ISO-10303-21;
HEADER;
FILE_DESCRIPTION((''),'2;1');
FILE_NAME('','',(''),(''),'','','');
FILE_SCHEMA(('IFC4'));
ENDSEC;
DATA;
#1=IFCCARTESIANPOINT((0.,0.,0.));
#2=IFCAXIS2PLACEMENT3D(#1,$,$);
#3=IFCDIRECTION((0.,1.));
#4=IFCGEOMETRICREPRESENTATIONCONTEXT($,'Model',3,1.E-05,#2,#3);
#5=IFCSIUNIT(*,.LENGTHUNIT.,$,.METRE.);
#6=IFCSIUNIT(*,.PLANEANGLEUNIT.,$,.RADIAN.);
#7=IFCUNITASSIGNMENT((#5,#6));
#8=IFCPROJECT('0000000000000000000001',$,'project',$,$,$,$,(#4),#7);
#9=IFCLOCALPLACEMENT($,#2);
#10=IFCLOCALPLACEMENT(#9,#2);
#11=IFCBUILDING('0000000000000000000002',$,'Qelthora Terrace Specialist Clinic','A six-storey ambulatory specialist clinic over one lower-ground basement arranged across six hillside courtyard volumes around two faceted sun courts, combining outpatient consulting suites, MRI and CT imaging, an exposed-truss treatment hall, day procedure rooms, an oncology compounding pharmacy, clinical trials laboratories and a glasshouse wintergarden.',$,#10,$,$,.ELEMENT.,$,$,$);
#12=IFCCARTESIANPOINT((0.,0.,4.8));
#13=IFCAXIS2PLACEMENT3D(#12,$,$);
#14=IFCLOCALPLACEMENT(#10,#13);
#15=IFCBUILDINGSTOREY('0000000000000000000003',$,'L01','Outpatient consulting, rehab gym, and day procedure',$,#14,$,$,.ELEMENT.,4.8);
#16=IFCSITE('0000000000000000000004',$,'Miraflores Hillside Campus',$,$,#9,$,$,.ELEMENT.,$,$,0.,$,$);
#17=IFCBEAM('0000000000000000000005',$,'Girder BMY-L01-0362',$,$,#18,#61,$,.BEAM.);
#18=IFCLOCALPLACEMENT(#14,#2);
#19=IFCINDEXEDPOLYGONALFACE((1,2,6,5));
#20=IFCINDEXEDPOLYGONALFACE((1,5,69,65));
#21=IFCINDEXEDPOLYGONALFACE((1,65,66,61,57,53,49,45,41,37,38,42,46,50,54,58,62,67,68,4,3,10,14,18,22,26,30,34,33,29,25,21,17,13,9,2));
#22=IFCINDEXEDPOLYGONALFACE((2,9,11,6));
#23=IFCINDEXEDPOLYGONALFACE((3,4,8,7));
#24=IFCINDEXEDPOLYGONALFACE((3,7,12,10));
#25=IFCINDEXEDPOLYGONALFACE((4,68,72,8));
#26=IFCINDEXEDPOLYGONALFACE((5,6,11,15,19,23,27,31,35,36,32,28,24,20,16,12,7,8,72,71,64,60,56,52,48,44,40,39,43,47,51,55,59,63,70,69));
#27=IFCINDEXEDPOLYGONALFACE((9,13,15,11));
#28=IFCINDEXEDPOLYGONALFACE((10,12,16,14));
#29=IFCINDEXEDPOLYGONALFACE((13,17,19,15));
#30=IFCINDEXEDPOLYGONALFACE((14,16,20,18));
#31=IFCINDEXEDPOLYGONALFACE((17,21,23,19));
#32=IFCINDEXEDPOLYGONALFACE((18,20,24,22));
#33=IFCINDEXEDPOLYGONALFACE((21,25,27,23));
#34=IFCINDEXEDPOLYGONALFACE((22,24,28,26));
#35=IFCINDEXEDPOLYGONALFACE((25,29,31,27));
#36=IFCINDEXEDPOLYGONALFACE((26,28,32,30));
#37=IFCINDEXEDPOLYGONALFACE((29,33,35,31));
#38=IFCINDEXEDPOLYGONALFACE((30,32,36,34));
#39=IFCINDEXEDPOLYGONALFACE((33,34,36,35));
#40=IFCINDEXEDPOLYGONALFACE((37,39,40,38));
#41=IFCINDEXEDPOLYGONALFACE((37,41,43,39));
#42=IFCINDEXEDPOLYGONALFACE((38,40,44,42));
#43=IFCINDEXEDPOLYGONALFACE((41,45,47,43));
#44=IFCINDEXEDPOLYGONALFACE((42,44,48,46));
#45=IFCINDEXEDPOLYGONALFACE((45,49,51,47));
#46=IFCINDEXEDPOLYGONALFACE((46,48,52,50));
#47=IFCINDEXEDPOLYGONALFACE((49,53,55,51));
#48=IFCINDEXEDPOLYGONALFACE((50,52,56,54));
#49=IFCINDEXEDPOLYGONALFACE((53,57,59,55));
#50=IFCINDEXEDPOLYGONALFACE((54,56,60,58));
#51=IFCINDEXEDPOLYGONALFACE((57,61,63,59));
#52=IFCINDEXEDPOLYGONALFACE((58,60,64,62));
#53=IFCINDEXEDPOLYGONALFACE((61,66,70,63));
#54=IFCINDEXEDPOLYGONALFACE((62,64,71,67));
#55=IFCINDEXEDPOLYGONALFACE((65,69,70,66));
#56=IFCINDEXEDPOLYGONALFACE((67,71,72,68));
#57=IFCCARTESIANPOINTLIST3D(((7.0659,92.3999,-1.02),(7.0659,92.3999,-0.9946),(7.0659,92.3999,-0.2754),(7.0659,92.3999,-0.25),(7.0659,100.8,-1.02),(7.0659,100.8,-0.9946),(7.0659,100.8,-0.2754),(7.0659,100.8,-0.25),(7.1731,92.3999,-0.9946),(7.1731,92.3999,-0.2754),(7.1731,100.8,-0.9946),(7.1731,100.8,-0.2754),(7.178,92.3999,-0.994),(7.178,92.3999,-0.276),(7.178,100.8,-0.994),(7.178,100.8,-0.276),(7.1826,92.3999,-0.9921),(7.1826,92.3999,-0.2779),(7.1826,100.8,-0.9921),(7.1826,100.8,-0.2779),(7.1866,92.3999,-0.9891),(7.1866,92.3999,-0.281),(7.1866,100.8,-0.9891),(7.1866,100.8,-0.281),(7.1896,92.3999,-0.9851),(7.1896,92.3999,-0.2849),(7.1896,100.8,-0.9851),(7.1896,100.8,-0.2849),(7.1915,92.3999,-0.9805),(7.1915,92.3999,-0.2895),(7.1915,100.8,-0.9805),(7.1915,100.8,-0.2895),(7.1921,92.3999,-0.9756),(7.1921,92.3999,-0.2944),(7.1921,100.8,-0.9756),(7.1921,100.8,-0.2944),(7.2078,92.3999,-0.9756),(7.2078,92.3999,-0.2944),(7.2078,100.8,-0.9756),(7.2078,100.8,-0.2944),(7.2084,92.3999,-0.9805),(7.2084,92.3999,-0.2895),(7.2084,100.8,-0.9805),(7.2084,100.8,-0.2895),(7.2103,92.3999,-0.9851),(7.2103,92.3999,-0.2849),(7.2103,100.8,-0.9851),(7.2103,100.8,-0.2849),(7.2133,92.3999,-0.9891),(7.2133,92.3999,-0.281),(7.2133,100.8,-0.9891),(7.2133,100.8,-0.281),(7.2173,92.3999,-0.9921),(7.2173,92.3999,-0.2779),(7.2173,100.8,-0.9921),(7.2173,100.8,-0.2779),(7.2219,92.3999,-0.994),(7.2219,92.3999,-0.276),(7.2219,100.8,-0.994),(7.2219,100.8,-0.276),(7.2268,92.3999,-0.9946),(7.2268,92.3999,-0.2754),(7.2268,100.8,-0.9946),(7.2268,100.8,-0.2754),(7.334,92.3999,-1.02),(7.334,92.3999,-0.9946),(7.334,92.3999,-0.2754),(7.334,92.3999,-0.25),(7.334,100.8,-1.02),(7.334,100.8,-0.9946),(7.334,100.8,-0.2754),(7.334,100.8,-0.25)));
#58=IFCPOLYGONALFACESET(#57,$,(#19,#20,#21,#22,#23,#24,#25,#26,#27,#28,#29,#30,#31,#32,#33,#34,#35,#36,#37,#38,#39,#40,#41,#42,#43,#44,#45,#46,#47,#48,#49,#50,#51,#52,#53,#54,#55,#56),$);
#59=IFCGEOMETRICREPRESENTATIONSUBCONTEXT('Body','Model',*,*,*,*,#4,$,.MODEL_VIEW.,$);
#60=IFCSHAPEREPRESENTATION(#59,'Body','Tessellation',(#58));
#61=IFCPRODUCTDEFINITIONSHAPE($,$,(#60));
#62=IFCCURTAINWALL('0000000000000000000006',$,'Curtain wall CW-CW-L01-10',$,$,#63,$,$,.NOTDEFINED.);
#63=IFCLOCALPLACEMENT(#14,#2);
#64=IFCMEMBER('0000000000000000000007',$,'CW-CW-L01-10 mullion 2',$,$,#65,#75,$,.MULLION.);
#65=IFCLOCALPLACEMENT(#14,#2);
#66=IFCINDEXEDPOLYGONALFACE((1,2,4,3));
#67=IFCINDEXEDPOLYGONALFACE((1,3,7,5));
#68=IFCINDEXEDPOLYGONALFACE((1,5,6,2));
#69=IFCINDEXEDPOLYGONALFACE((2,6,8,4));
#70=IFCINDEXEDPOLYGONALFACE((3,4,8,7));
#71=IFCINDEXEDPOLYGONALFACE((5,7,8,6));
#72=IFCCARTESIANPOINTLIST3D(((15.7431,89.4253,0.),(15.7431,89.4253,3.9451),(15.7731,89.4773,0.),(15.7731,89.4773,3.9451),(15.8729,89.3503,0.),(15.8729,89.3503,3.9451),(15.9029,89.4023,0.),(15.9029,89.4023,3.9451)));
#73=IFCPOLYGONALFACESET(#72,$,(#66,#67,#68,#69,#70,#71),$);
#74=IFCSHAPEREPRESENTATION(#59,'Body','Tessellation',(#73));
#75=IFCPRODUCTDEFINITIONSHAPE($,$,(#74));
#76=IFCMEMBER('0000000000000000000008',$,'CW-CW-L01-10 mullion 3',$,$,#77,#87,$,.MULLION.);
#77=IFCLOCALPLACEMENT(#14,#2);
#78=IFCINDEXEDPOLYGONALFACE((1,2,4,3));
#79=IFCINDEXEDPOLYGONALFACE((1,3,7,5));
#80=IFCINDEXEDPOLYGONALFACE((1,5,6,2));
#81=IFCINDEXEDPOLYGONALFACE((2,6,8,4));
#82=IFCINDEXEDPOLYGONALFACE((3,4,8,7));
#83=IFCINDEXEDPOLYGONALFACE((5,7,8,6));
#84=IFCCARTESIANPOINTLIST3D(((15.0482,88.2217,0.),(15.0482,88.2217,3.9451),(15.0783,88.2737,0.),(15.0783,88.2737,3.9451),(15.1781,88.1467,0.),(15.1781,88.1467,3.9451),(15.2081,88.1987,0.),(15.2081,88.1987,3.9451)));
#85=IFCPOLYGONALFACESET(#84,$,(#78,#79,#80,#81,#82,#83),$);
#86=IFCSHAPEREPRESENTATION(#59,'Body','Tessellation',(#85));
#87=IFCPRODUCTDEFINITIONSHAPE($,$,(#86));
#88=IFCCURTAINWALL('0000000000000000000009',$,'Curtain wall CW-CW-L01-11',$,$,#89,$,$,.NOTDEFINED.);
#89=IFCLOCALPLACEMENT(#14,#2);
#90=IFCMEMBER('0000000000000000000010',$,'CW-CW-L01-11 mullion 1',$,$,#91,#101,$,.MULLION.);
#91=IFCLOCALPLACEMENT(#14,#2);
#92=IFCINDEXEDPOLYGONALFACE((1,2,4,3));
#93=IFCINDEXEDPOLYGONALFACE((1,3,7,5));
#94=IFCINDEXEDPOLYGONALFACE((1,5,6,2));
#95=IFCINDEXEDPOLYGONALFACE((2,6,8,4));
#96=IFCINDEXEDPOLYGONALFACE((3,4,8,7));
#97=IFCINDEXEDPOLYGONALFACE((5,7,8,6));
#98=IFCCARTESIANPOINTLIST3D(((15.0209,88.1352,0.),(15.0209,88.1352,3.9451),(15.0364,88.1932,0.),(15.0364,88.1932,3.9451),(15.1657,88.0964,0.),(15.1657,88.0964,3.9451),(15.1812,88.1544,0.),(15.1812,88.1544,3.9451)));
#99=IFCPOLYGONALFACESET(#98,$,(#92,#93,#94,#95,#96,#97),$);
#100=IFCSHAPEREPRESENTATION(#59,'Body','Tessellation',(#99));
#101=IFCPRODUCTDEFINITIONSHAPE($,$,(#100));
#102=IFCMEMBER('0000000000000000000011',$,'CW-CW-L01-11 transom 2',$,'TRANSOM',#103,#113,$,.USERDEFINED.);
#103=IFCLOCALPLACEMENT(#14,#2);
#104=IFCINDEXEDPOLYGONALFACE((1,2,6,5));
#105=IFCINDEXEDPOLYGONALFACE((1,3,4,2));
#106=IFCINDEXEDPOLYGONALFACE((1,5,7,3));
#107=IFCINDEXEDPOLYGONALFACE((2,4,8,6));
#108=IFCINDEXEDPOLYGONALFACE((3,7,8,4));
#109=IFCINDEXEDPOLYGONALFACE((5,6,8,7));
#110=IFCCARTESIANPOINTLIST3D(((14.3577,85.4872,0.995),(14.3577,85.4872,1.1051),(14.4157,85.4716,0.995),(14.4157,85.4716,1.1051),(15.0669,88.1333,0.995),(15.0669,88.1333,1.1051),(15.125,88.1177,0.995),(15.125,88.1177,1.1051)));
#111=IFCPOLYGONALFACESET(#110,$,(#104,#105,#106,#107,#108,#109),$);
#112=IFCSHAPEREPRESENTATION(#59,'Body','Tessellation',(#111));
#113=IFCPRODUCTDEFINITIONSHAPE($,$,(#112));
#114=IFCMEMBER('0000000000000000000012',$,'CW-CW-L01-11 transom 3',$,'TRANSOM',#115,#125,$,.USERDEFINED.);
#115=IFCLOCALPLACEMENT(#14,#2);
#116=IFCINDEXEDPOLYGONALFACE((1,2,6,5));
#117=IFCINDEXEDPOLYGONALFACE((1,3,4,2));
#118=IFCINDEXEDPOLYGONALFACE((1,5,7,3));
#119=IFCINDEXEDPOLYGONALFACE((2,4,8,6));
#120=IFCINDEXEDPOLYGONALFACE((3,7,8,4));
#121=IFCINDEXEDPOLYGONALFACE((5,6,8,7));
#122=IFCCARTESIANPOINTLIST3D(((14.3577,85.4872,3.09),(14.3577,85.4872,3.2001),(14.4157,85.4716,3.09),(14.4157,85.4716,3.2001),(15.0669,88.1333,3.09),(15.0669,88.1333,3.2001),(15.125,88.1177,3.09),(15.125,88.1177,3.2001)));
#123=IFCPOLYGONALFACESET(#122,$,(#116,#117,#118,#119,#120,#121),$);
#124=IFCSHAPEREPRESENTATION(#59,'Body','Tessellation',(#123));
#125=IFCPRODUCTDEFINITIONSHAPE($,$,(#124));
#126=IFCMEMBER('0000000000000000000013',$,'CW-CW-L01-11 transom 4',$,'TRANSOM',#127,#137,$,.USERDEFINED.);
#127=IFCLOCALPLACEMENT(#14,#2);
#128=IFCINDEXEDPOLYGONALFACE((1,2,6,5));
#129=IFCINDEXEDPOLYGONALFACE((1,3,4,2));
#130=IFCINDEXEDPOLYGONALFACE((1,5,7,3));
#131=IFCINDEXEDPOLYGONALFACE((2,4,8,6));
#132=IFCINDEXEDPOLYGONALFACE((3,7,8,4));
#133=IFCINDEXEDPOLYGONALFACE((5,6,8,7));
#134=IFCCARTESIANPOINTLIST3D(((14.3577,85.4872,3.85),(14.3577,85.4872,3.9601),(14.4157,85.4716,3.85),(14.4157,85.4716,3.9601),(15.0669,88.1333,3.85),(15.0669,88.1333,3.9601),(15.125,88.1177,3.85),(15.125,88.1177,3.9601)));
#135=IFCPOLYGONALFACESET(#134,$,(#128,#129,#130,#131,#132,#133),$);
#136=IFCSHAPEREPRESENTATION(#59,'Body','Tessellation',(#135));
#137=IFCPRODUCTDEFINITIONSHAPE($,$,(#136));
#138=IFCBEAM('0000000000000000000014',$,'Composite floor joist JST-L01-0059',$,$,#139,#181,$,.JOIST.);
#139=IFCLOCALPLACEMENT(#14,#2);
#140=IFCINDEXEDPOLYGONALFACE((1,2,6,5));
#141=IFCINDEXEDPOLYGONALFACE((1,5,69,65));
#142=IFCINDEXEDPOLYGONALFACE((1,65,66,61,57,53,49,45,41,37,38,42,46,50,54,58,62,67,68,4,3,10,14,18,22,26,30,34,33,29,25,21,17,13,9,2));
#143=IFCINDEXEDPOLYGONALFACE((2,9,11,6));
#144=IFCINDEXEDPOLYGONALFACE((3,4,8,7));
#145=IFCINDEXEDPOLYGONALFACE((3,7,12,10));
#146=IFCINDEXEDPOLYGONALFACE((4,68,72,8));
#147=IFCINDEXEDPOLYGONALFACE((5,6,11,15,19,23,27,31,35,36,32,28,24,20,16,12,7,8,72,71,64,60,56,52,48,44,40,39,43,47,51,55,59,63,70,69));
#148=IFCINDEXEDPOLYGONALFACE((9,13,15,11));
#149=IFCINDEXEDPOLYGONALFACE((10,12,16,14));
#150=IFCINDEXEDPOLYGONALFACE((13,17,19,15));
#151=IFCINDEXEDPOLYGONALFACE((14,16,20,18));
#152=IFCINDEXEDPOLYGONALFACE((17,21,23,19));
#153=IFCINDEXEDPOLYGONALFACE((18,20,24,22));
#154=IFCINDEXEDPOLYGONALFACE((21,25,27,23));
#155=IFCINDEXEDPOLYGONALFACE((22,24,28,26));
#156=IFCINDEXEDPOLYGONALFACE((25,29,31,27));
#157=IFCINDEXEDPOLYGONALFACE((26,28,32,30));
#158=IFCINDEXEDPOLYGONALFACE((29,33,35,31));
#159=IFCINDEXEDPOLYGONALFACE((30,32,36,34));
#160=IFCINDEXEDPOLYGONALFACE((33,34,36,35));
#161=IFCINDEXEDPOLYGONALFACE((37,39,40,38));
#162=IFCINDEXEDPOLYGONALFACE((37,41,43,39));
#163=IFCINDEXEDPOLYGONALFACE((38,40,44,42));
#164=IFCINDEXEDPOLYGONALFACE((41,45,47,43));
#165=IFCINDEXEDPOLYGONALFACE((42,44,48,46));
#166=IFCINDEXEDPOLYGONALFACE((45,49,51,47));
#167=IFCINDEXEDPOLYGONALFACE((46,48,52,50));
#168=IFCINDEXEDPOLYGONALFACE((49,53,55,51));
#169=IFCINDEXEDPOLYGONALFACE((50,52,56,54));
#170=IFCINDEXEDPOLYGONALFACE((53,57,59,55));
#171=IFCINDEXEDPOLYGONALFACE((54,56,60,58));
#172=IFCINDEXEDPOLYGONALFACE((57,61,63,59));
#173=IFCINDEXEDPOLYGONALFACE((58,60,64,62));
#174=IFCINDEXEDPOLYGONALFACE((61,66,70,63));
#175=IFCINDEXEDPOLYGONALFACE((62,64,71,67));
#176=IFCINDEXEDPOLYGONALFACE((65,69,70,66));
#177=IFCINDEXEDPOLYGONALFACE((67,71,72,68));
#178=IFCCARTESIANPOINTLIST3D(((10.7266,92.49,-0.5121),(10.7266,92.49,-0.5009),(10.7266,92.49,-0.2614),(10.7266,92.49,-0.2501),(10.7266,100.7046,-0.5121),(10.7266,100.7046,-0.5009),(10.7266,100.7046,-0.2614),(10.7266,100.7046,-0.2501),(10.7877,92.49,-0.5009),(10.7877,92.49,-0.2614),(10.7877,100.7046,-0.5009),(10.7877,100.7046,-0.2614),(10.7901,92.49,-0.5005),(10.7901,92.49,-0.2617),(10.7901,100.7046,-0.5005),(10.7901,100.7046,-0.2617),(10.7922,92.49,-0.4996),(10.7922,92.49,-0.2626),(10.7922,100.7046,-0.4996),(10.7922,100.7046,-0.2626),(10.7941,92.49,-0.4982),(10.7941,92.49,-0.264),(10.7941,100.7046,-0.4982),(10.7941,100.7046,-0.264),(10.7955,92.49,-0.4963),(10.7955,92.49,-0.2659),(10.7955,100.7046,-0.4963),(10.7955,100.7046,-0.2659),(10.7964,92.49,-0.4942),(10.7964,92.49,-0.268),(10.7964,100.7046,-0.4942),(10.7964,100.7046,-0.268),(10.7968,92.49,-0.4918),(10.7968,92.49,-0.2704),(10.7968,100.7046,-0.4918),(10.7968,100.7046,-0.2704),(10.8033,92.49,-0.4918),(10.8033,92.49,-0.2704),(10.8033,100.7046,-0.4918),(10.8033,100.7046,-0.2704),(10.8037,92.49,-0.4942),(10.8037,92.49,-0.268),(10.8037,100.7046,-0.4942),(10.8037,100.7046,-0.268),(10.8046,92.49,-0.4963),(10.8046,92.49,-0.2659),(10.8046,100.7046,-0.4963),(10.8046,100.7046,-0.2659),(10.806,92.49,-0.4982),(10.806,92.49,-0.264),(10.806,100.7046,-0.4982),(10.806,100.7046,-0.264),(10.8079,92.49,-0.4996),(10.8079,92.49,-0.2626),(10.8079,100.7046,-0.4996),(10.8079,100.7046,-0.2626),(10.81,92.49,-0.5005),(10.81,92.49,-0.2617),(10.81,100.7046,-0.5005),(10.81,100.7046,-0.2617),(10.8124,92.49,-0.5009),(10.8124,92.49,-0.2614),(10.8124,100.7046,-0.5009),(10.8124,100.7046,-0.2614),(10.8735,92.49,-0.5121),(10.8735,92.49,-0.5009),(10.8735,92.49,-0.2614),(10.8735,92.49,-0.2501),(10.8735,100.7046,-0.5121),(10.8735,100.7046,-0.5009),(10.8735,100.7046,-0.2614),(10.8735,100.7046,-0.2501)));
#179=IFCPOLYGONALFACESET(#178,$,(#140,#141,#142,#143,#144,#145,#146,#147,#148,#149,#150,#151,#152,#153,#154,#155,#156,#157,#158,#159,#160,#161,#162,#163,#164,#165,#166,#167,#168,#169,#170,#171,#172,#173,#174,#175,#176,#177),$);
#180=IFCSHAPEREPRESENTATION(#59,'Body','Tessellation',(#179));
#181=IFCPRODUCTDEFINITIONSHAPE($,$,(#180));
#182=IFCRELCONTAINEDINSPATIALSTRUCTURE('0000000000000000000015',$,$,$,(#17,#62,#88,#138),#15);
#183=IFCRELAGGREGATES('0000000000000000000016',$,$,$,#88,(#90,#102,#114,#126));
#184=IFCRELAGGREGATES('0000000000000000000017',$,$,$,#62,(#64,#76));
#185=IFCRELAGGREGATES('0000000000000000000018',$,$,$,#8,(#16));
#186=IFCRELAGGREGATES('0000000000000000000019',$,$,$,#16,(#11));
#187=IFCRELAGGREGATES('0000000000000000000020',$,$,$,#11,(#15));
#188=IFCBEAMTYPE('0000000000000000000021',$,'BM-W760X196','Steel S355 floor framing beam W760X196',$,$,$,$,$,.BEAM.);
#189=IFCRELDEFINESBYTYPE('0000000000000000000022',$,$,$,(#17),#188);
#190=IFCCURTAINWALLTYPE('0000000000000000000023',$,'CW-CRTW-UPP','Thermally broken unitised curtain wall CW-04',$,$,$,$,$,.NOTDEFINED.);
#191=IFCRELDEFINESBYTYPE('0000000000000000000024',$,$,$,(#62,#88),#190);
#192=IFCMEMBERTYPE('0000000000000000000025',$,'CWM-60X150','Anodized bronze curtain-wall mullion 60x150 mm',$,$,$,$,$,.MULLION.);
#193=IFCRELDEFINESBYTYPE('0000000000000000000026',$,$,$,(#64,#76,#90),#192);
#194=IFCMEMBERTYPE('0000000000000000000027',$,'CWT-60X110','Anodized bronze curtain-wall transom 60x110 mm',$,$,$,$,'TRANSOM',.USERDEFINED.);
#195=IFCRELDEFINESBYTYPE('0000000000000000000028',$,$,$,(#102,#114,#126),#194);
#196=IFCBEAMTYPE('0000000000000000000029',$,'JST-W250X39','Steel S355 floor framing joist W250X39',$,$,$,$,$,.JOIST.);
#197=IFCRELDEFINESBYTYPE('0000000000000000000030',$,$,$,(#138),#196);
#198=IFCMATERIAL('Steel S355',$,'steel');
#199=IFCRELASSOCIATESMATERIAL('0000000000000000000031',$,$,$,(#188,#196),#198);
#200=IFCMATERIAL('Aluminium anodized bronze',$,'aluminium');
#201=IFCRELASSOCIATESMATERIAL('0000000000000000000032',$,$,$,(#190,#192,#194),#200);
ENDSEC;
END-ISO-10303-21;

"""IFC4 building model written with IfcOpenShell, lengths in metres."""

from ifc_helpers import new_model, si_unit, direction, frame, origin, origin_2d, place, context, subcontext, project, spatial, rectangle, i_section, extrude, material, material_profile, profile_set, type_object, element, aggregate, save


model = new_model("IFC4")

# Units and contexts
model_context = context("Model", 3, precision=1e-05, world=origin(), true_north=direction((0.0, 1.0)))
body_context = subcontext(model_context, "Body", "Model", "MODEL_VIEW")
ifc_project = project(units=[si_unit("LENGTHUNIT", "METRE"), si_unit("PLANEANGLEUNIT", "RADIAN")], contexts=[model_context])

# Site, building, storey
site_placement = place(None, origin())
site = spatial("IfcSite", under=ifc_project, at=site_placement, Name="Miraflores Hillside Campus", CompositionType="ELEMENT", RefElevation=0.0)
building_placement = place(site_placement, origin())
building = spatial("IfcBuilding", under=site, at=building_placement, Name="Qelthora Terrace Specialist Clinic", Description="A six-storey ambulatory specialist clinic over one lower-ground basement arranged across six hillside courtyard volumes around two faceted sun courts, combining outpatient consulting suites, MRI and CT imaging, an exposed-truss treatment hall, day procedure rooms, an oncology compounding pharmacy, clinical trials laboratories and a glasshouse wintergarden.", CompositionType="ELEMENT")
storey_placement = place(building_placement, frame((0.0, 0.0, 4.8)))
storey = spatial("IfcBuildingStorey", under=building, at=storey_placement, Name="L01", Description="Outpatient consulting, rehab gym, and day procedure", CompositionType="ELEMENT", Elevation=4.8)

# Shared definitions
ifc_material_1 = material(Name="Steel S355", Category="steel")

# Beam
ifc_material_profile_1 = material_profile(ifc_material_1, i_section(OverallWidth=0.2681, OverallDepth=0.77, WebThickness=0.0156, FlangeThickness=0.0254, FilletRadius=0.019, at=origin_2d()), Name="W760X196")
ifc_profile_set_1 = profile_set([ifc_material_profile_1], Name="Steel S355")
beam_type_1 = type_object("IfcBeamType", Name="BM-W760X196", Description="Steel S355 floor framing beam W760X196", PredefinedType="BEAM", material=ifc_profile_set_1)
beam_1_placement = place(storey_placement, frame((7.2, 92.3999, -0.635), z_axis=(0.0, 1.0, 0.0), x_axis=(-1.0, 0.0, 0.0)))
element("IfcBeam", 1, at=beam_1_placement, inside=storey, type_object=beam_type_1, Name="Girder BMY-L01-0362", PredefinedType="BEAM", context=body_context, shape_type="SweptSolid", body=[
    extrude(i_section(OverallWidth=0.2681, OverallDepth=0.77, WebThickness=0.0156, FlangeThickness=0.0254, FilletRadius=0.019, at=origin_2d()), origin(), (0.0, 0.0, 1.0), 8.4001),
])

# Curtain walls, members
ifc_material_2 = material(Name="Aluminium anodized bronze", Category="aluminium")
curtain_wall_type = type_object("IfcCurtainWallType", Name="CW-CRTW-UPP", Description="Thermally broken unitised curtain wall CW-04", PredefinedType="NOTDEFINED", material=ifc_material_2)
curtain_wall_1_placement = place(storey_placement, origin())
curtain_wall_1 = element("IfcCurtainWall", 2, at=curtain_wall_1_placement, inside=storey, type_object=curtain_wall_type, Name="Curtain wall CW-CW-L01-10", PredefinedType="NOTDEFINED")
ifc_material_profile_2 = material_profile(ifc_material_2, rectangle(XDim=0.0601, YDim=0.1499, at=origin_2d()), Name="CWM60X150")
ifc_profile_set_2 = profile_set([ifc_material_profile_2], Name="Aluminium anodized bronze")
member_type_1 = type_object("IfcMemberType", Name="CWM-60X150", Description="Anodized bronze curtain-wall mullion 60x150 mm", PredefinedType="MULLION", material=ifc_profile_set_2)
member_1_placement = place(storey_placement, frame((15.823, 89.4138, 0.0), z_axis=(0.0, 0.0, 1.0), x_axis=(-0.5, -0.866026, 0.0)))
member_1 = element("IfcMember", 3, at=member_1_placement, type_object=member_type_1, Name="CW-CW-L01-10 mullion 2", PredefinedType="MULLION", context=body_context, shape_type="SweptSolid", body=[
    extrude(rectangle(XDim=0.0601, YDim=0.1499, at=origin_2d()), origin(), (0.0, 0.0, 1.0), 3.9451),
])
member_2_placement = place(storey_placement, frame((15.1282, 88.2102, 0.0), z_axis=(0.0, 0.0, 1.0), x_axis=(-0.5, -0.866026, 0.0)))
member_2 = element("IfcMember", 4, at=member_2_placement, type_object=member_type_1, Name="CW-CW-L01-10 mullion 3", PredefinedType="MULLION", context=body_context, shape_type="SweptSolid", body=[
    extrude(rectangle(XDim=0.0601, YDim=0.1499, at=origin_2d()), origin(), (0.0, 0.0, 1.0), 3.9451),
])
curtain_wall_2_placement = place(storey_placement, origin())
curtain_wall_2 = element("IfcCurtainWall", 5, at=curtain_wall_2_placement, inside=storey, type_object=curtain_wall_type, Name="Curtain wall CW-CW-L01-11", PredefinedType="NOTDEFINED")
member_3_placement = place(storey_placement, frame((15.1011, 88.1448, 0.0), z_axis=(0.0, 0.0, 1.0), x_axis=(-0.25882, -0.965925, 0.0)))
member_3 = element("IfcMember", 6, at=member_3_placement, type_object=member_type_1, Name="CW-CW-L01-11 mullion 1", PredefinedType="MULLION", context=body_context, shape_type="SweptSolid", body=[
    extrude(rectangle(XDim=0.0601, YDim=0.1499, at=origin_2d()), origin(), (0.0, 0.0, 1.0), 3.9451),
])
ifc_material_profile_3 = material_profile(ifc_material_2, rectangle(XDim=0.0601, YDim=0.1101, at=origin_2d()), Name="CWT60X110")
ifc_profile_set_3 = profile_set([ifc_material_profile_3], Name="Aluminium anodized bronze")
member_type_2 = type_object("IfcMemberType", Name="CWT-60X110", Description="Anodized bronze curtain-wall transom 60x110 mm", ElementType="TRANSOM", PredefinedType="USERDEFINED", material=ifc_profile_set_3)
member_4_placement = place(storey_placement, frame((15.0959, 88.1255, 1.05), z_axis=(-0.258899, -0.965904, 0.0), x_axis=(0.965904, -0.258899, 0.0)))
member_4 = element("IfcMember", 7, at=member_4_placement, type_object=member_type_2, Name="CW-CW-L01-11 transom 2", ObjectType="TRANSOM", PredefinedType="USERDEFINED", context=body_context, shape_type="SweptSolid", body=[
    extrude(rectangle(XDim=0.0601, YDim=0.1101, at=origin_2d()), origin(), (0.0, 0.0, 1.0), 2.7395),
])
member_5_placement = place(storey_placement, frame((15.0959, 88.1255, 3.145), z_axis=(-0.258899, -0.965904, 0.0), x_axis=(0.965904, -0.258899, 0.0)))
member_5 = element("IfcMember", 8, at=member_5_placement, type_object=member_type_2, Name="CW-CW-L01-11 transom 3", ObjectType="TRANSOM", PredefinedType="USERDEFINED", context=body_context, shape_type="SweptSolid", body=[
    extrude(rectangle(XDim=0.0601, YDim=0.1101, at=origin_2d()), origin(), (0.0, 0.0, 1.0), 2.7395),
])
member_6_placement = place(storey_placement, frame((15.0959, 88.1255, 3.905), z_axis=(-0.258899, -0.965904, 0.0), x_axis=(0.965904, -0.258899, 0.0)))
member_6 = element("IfcMember", 9, at=member_6_placement, type_object=member_type_2, Name="CW-CW-L01-11 transom 4", ObjectType="TRANSOM", PredefinedType="USERDEFINED", context=body_context, shape_type="SweptSolid", body=[
    extrude(rectangle(XDim=0.0601, YDim=0.1101, at=origin_2d()), origin(), (0.0, 0.0, 1.0), 2.7395),
])
aggregate(curtain_wall_2, [member_3, member_4, member_5, member_6])

# Beam
ifc_material_profile_4 = material_profile(ifc_material_1, i_section(OverallWidth=0.147, OverallDepth=0.262, WebThickness=0.0066, FlangeThickness=0.0112, FilletRadius=0.009, at=origin_2d()), Name="W250X39")
ifc_profile_set_4 = profile_set([ifc_material_profile_4], Name="Steel S355")
beam_type_2 = type_object("IfcBeamType", Name="JST-W250X39", Description="Steel S355 floor framing joist W250X39", PredefinedType="JOIST", material=ifc_profile_set_4)
beam_2_placement = place(storey_placement, frame((10.8, 92.49, -0.3811), z_axis=(0.0, 1.0, 0.0), x_axis=(-1.0, 0.0, 0.0)))
element("IfcBeam", 10, at=beam_2_placement, inside=storey, type_object=beam_type_2, Name="Composite floor joist JST-L01-0059", PredefinedType="JOIST", context=body_context, shape_type="SweptSolid", body=[
    extrude(i_section(OverallWidth=0.147, OverallDepth=0.262, WebThickness=0.0066, FlangeThickness=0.0112, FilletRadius=0.009, at=origin_2d()), origin(), (0.0, 0.0, 1.0), 8.2146),
])

aggregate(curtain_wall_1, [member_1, member_2])

save(model, "model.ifc")
